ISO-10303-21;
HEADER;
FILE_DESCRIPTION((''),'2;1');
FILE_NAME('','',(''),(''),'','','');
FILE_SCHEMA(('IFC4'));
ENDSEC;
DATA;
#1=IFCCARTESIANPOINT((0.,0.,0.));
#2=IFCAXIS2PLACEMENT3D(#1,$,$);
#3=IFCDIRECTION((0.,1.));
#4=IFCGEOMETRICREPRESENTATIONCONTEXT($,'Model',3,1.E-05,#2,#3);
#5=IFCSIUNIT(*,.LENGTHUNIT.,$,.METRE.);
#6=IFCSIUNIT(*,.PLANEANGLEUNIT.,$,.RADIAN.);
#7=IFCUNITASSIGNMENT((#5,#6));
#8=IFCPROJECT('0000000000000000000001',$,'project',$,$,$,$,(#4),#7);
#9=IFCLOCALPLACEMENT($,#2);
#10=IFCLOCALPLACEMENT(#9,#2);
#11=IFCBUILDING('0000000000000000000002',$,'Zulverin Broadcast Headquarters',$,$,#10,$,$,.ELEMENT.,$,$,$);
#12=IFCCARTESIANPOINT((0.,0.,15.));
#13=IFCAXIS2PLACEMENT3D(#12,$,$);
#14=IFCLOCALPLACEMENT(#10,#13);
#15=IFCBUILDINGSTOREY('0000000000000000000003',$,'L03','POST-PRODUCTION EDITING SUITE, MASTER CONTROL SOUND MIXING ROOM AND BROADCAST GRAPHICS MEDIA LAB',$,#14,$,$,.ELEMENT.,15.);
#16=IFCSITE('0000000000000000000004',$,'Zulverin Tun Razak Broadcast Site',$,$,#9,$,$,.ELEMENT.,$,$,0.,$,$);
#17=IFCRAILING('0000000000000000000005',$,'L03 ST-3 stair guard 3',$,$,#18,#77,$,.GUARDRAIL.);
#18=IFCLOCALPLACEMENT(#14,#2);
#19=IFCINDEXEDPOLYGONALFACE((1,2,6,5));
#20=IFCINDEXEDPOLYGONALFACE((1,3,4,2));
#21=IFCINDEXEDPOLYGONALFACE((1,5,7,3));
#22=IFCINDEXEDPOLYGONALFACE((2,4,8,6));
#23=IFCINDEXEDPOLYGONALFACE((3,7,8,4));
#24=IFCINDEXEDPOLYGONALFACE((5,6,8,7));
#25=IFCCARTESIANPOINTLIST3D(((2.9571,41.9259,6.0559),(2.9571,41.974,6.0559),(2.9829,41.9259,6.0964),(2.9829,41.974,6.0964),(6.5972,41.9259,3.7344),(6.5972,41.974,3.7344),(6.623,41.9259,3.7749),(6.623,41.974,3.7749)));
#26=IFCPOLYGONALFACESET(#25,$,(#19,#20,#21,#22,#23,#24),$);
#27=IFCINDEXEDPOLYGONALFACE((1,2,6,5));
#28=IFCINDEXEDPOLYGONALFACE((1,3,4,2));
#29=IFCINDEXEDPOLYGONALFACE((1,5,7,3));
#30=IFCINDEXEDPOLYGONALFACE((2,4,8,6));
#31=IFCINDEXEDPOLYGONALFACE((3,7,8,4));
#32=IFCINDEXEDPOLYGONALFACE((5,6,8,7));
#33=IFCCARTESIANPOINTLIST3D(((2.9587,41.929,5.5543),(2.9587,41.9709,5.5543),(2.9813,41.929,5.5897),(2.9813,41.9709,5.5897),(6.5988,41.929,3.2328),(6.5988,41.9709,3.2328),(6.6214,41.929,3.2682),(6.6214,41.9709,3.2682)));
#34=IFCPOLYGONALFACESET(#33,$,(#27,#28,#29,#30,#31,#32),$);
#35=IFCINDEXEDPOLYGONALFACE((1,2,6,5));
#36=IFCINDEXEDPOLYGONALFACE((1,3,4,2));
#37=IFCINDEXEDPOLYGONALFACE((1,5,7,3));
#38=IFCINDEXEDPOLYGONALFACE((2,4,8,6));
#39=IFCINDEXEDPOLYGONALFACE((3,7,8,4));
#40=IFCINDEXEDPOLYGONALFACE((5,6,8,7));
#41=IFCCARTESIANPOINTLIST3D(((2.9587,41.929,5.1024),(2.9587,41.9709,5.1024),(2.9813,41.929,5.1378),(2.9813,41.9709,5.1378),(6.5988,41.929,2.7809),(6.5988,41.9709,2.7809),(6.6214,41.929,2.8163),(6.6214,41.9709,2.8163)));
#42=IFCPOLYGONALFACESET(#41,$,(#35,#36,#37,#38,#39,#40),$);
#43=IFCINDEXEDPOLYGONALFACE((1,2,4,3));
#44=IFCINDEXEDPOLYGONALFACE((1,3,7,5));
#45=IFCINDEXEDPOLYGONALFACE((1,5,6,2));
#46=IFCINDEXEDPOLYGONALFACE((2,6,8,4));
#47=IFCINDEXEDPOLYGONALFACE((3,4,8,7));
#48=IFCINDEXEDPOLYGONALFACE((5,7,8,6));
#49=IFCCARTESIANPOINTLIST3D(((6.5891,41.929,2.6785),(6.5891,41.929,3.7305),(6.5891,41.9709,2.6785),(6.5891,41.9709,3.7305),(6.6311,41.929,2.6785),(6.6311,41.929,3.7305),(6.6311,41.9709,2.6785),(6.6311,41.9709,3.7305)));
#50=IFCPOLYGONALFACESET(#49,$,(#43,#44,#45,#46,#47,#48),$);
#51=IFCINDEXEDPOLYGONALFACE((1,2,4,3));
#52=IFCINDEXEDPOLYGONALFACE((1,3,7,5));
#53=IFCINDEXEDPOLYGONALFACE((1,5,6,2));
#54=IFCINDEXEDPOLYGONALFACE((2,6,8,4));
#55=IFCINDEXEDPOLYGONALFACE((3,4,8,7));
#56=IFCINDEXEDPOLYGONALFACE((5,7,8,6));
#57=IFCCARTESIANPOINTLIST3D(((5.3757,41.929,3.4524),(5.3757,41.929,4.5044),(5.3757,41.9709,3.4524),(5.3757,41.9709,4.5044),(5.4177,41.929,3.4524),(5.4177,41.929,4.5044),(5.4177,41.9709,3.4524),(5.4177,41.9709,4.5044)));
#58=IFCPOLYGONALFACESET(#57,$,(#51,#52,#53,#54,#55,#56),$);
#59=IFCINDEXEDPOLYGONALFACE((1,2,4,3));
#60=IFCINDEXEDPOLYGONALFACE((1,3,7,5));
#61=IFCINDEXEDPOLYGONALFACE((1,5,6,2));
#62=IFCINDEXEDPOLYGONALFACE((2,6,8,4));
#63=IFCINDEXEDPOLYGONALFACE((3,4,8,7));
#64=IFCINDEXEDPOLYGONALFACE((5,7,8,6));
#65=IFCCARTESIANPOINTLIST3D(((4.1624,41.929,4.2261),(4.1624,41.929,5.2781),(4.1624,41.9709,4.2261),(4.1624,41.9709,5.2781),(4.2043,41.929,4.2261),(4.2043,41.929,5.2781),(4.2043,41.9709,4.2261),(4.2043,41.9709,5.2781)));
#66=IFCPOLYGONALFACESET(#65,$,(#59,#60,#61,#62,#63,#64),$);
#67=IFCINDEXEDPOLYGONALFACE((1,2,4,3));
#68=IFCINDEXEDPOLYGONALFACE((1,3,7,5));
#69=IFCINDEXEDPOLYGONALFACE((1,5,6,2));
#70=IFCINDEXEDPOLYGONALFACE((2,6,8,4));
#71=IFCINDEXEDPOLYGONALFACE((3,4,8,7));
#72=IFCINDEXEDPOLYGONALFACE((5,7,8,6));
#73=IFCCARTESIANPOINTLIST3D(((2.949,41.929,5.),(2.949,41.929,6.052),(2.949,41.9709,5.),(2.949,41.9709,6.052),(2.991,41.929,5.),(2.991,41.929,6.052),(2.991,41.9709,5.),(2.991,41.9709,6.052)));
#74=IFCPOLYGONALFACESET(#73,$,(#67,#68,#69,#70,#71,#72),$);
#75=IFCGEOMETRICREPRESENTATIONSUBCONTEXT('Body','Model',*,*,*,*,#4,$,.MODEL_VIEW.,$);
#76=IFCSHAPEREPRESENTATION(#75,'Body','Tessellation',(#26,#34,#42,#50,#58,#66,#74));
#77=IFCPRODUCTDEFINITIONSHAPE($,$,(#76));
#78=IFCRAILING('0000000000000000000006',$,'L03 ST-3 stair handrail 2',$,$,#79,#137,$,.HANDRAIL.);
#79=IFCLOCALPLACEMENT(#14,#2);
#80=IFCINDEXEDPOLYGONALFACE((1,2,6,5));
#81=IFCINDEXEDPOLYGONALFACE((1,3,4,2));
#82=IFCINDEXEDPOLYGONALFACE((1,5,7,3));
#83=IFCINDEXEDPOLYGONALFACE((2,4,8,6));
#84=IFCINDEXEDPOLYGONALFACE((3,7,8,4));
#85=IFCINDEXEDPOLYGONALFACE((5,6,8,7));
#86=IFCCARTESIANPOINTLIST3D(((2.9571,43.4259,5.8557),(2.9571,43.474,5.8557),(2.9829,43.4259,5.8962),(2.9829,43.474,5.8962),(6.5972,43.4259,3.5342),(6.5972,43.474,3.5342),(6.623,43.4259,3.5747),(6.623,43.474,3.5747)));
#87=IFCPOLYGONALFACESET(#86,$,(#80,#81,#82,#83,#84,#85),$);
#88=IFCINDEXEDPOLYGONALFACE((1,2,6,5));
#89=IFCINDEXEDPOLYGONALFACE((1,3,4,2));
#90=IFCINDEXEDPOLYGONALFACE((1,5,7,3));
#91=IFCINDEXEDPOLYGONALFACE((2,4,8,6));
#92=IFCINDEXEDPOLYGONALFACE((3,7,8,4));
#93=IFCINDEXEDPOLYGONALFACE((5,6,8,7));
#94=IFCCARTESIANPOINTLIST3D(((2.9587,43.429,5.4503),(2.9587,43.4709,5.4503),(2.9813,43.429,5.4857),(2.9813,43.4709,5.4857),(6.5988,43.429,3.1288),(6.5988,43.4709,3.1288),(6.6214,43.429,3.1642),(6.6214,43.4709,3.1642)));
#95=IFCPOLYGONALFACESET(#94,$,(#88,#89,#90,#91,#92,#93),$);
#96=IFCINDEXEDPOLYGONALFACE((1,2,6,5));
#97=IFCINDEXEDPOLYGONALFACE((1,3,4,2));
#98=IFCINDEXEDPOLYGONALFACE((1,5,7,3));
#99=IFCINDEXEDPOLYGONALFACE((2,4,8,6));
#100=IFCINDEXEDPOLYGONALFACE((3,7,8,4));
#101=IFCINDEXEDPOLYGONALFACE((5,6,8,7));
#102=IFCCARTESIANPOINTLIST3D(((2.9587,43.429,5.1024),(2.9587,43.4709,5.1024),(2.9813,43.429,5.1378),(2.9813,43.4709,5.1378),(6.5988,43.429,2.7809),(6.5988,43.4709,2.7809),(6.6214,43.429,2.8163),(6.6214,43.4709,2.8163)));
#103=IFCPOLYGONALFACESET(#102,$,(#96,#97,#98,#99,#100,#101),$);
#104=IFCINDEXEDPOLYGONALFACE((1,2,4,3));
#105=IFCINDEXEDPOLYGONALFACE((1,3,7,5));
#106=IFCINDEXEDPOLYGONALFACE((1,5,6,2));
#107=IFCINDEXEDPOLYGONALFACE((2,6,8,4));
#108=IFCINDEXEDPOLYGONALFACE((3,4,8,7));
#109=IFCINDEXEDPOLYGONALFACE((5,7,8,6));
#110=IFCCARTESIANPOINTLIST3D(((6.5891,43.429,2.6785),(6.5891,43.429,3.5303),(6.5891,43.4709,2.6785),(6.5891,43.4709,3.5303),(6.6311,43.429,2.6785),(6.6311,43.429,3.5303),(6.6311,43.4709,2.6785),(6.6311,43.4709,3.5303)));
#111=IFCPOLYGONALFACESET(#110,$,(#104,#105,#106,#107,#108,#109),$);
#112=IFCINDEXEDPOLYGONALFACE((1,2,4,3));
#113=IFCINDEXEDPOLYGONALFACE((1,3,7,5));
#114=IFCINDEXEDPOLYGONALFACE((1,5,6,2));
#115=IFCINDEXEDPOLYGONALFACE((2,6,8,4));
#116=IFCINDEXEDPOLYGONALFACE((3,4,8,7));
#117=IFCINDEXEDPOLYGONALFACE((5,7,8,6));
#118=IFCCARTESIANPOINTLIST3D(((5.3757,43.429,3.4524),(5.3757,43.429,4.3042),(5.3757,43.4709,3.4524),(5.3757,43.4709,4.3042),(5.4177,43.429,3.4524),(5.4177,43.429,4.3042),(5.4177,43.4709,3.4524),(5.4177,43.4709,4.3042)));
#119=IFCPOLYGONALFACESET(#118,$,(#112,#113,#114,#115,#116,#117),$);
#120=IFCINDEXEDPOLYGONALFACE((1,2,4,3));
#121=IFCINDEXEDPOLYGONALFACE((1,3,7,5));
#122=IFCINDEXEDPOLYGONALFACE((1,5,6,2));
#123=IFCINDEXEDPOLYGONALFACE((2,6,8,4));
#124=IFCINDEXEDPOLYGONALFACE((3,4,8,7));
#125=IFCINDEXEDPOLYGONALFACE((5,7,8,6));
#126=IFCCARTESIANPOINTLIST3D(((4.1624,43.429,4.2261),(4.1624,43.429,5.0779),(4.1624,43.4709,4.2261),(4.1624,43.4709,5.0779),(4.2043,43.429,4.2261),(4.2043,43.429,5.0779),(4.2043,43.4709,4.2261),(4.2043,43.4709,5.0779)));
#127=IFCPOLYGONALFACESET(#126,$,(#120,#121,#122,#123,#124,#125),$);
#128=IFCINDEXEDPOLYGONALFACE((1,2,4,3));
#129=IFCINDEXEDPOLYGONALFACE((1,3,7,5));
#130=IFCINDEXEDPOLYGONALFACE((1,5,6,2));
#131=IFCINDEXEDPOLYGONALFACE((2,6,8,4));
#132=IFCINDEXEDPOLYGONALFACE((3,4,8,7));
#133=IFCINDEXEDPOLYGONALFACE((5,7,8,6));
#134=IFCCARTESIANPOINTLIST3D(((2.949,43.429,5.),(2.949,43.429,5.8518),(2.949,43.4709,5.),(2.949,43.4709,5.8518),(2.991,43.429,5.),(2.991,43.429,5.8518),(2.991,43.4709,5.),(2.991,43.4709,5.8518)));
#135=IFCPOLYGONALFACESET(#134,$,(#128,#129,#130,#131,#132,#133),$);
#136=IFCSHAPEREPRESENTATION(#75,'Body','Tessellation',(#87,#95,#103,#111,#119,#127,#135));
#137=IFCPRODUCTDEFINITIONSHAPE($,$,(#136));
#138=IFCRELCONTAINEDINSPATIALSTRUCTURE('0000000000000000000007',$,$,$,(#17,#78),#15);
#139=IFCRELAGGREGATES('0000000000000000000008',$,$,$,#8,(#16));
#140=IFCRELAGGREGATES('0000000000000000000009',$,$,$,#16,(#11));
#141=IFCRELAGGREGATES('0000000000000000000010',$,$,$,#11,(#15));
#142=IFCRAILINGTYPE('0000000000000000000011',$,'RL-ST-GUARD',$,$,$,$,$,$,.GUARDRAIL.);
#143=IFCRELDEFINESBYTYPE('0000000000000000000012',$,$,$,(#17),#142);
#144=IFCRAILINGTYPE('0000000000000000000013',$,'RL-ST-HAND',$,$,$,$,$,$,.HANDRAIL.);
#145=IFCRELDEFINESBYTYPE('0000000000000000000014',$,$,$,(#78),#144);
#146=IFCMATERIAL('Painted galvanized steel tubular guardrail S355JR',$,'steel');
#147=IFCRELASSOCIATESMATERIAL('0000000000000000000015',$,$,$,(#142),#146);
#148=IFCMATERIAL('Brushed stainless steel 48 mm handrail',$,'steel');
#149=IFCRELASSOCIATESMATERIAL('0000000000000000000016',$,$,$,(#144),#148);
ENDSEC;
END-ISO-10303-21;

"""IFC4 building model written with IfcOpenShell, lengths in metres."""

from ifc_helpers import new_model, si_unit, direction, frame, origin, origin_2d, place, context, subcontext, project, spatial, rectangle, extrude, material, type_object, element, save


model = new_model("IFC4")

# Units and contexts
model_context = context("Model", 3, precision=1e-05, world=origin(), true_north=direction((0.0, 1.0)))
body_context = subcontext(model_context, "Body", "Model", "MODEL_VIEW")
ifc_project = project(units=[si_unit("LENGTHUNIT", "METRE"), si_unit("PLANEANGLEUNIT", "RADIAN")], contexts=[model_context])

# Site, building, storey
site_placement = place(None, origin())
site = spatial("IfcSite", under=ifc_project, at=site_placement, Name="Zulverin Tun Razak Broadcast Site", CompositionType="ELEMENT", RefElevation=0.0)
building_placement = place(site_placement, origin())
building = spatial("IfcBuilding", under=site, at=building_placement, Name="Zulverin Broadcast Headquarters", CompositionType="ELEMENT")
storey_placement = place(building_placement, frame((0.0, 0.0, 15.0)))
storey = spatial("IfcBuildingStorey", under=building, at=storey_placement, Name="L03", Description="POST-PRODUCTION EDITING SUITE, MASTER CONTROL SOUND MIXING ROOM AND BROADCAST GRAPHICS MEDIA LAB", CompositionType="ELEMENT", Elevation=15.0)

# Railings
ifc_material_1 = material(Name="Painted galvanized steel tubular guardrail S355JR", Category="steel")
railing_type_1 = type_object("IfcRailingType", Name="RL-ST-GUARD", PredefinedType="GUARDRAIL", material=ifc_material_1)
railing_1_placement = place(storey_placement, frame((6.6101, 41.95, 2.6785)))
element("IfcRailing", 1, at=railing_1_placement, inside=storey, type_object=railing_type_1, Name="L03 ST-3 stair guard 3", PredefinedType="GUARDRAIL", context=body_context, shape_type="SweptSolid", body=[
    extrude(rectangle(XDim=0.0481, YDim=0.0481, at=origin_2d()), frame((0.0, 0.0, 1.0762), z_axis=(-0.843128, 0.0, 0.537713), x_axis=(0.0, -1.0, 0.0)), (0.0, 0.0, 1.0), 4.3174),
    extrude(rectangle(XDim=0.042, YDim=0.042, at=origin_2d()), frame((0.0, 0.0, 0.572), z_axis=(-0.843128, 0.0, 0.537713), x_axis=(0.0, -1.0, 0.0)), (0.0, 0.0, 1.0), 4.3174),
    extrude(rectangle(XDim=0.042, YDim=0.042, at=origin_2d()), frame((0.0, 0.0, 0.1201), z_axis=(-0.843128, 0.0, 0.537713), x_axis=(0.0, -1.0, 0.0)), (0.0, 0.0, 1.0), 4.3174),
    extrude(rectangle(XDim=0.042, YDim=0.042, at=origin_2d()), origin(), (0.0, 0.0, 1.0), 1.052),
    extrude(rectangle(XDim=0.042, YDim=0.042, at=origin_2d()), frame((-1.2134, 0.0, 0.7739)), (0.0, 0.0, 1.0), 1.052),
    extrude(rectangle(XDim=0.042, YDim=0.042, at=origin_2d()), frame((-2.4268, 0.0, 1.5476)), (0.0, 0.0, 1.0), 1.052),
    extrude(rectangle(XDim=0.042, YDim=0.042, at=origin_2d()), frame((-3.6401, 0.0, 2.3215)), (0.0, 0.0, 1.0), 1.052),
])
ifc_material_2 = material(Name="Brushed stainless steel 48 mm handrail", Category="steel")
railing_type_2 = type_object("IfcRailingType", Name="RL-ST-HAND", PredefinedType="HANDRAIL", material=ifc_material_2)
railing_2_placement = place(storey_placement, frame((6.6101, 43.45, 2.6785)))
element("IfcRailing", 2, at=railing_2_placement, inside=storey, type_object=railing_type_2, Name="L03 ST-3 stair handrail 2", PredefinedType="HANDRAIL", context=body_context, shape_type="SweptSolid", body=[
    extrude(rectangle(XDim=0.0481, YDim=0.0481, at=origin_2d()), frame((0.0, 0.0, 0.876), z_axis=(-0.843128, 0.0, 0.537713), x_axis=(0.0, -1.0, 0.0)), (0.0, 0.0, 1.0), 4.3174),
    extrude(rectangle(XDim=0.042, YDim=0.042, at=origin_2d()), frame((0.0, 0.0, 0.468), z_axis=(-0.843128, 0.0, 0.537713), x_axis=(0.0, -1.0, 0.0)), (0.0, 0.0, 1.0), 4.3174),
    extrude(rectangle(XDim=0.042, YDim=0.042, at=origin_2d()), frame((0.0, 0.0, 0.1201), z_axis=(-0.843128, 0.0, 0.537713), x_axis=(0.0, -1.0, 0.0)), (0.0, 0.0, 1.0), 4.3174),
    extrude(rectangle(XDim=0.042, YDim=0.042, at=origin_2d()), origin(), (0.0, 0.0, 1.0), 0.8518),
    extrude(rectangle(XDim=0.042, YDim=0.042, at=origin_2d()), frame((-1.2134, 0.0, 0.7739)), (0.0, 0.0, 1.0), 0.8518),
    extrude(rectangle(XDim=0.042, YDim=0.042, at=origin_2d()), frame((-2.4268, 0.0, 1.5476)), (0.0, 0.0, 1.0), 0.8518),
    extrude(rectangle(XDim=0.042, YDim=0.042, at=origin_2d()), frame((-3.6401, 0.0, 2.3215)), (0.0, 0.0, 1.0), 0.8518),
])

save(model, "model.ifc")
